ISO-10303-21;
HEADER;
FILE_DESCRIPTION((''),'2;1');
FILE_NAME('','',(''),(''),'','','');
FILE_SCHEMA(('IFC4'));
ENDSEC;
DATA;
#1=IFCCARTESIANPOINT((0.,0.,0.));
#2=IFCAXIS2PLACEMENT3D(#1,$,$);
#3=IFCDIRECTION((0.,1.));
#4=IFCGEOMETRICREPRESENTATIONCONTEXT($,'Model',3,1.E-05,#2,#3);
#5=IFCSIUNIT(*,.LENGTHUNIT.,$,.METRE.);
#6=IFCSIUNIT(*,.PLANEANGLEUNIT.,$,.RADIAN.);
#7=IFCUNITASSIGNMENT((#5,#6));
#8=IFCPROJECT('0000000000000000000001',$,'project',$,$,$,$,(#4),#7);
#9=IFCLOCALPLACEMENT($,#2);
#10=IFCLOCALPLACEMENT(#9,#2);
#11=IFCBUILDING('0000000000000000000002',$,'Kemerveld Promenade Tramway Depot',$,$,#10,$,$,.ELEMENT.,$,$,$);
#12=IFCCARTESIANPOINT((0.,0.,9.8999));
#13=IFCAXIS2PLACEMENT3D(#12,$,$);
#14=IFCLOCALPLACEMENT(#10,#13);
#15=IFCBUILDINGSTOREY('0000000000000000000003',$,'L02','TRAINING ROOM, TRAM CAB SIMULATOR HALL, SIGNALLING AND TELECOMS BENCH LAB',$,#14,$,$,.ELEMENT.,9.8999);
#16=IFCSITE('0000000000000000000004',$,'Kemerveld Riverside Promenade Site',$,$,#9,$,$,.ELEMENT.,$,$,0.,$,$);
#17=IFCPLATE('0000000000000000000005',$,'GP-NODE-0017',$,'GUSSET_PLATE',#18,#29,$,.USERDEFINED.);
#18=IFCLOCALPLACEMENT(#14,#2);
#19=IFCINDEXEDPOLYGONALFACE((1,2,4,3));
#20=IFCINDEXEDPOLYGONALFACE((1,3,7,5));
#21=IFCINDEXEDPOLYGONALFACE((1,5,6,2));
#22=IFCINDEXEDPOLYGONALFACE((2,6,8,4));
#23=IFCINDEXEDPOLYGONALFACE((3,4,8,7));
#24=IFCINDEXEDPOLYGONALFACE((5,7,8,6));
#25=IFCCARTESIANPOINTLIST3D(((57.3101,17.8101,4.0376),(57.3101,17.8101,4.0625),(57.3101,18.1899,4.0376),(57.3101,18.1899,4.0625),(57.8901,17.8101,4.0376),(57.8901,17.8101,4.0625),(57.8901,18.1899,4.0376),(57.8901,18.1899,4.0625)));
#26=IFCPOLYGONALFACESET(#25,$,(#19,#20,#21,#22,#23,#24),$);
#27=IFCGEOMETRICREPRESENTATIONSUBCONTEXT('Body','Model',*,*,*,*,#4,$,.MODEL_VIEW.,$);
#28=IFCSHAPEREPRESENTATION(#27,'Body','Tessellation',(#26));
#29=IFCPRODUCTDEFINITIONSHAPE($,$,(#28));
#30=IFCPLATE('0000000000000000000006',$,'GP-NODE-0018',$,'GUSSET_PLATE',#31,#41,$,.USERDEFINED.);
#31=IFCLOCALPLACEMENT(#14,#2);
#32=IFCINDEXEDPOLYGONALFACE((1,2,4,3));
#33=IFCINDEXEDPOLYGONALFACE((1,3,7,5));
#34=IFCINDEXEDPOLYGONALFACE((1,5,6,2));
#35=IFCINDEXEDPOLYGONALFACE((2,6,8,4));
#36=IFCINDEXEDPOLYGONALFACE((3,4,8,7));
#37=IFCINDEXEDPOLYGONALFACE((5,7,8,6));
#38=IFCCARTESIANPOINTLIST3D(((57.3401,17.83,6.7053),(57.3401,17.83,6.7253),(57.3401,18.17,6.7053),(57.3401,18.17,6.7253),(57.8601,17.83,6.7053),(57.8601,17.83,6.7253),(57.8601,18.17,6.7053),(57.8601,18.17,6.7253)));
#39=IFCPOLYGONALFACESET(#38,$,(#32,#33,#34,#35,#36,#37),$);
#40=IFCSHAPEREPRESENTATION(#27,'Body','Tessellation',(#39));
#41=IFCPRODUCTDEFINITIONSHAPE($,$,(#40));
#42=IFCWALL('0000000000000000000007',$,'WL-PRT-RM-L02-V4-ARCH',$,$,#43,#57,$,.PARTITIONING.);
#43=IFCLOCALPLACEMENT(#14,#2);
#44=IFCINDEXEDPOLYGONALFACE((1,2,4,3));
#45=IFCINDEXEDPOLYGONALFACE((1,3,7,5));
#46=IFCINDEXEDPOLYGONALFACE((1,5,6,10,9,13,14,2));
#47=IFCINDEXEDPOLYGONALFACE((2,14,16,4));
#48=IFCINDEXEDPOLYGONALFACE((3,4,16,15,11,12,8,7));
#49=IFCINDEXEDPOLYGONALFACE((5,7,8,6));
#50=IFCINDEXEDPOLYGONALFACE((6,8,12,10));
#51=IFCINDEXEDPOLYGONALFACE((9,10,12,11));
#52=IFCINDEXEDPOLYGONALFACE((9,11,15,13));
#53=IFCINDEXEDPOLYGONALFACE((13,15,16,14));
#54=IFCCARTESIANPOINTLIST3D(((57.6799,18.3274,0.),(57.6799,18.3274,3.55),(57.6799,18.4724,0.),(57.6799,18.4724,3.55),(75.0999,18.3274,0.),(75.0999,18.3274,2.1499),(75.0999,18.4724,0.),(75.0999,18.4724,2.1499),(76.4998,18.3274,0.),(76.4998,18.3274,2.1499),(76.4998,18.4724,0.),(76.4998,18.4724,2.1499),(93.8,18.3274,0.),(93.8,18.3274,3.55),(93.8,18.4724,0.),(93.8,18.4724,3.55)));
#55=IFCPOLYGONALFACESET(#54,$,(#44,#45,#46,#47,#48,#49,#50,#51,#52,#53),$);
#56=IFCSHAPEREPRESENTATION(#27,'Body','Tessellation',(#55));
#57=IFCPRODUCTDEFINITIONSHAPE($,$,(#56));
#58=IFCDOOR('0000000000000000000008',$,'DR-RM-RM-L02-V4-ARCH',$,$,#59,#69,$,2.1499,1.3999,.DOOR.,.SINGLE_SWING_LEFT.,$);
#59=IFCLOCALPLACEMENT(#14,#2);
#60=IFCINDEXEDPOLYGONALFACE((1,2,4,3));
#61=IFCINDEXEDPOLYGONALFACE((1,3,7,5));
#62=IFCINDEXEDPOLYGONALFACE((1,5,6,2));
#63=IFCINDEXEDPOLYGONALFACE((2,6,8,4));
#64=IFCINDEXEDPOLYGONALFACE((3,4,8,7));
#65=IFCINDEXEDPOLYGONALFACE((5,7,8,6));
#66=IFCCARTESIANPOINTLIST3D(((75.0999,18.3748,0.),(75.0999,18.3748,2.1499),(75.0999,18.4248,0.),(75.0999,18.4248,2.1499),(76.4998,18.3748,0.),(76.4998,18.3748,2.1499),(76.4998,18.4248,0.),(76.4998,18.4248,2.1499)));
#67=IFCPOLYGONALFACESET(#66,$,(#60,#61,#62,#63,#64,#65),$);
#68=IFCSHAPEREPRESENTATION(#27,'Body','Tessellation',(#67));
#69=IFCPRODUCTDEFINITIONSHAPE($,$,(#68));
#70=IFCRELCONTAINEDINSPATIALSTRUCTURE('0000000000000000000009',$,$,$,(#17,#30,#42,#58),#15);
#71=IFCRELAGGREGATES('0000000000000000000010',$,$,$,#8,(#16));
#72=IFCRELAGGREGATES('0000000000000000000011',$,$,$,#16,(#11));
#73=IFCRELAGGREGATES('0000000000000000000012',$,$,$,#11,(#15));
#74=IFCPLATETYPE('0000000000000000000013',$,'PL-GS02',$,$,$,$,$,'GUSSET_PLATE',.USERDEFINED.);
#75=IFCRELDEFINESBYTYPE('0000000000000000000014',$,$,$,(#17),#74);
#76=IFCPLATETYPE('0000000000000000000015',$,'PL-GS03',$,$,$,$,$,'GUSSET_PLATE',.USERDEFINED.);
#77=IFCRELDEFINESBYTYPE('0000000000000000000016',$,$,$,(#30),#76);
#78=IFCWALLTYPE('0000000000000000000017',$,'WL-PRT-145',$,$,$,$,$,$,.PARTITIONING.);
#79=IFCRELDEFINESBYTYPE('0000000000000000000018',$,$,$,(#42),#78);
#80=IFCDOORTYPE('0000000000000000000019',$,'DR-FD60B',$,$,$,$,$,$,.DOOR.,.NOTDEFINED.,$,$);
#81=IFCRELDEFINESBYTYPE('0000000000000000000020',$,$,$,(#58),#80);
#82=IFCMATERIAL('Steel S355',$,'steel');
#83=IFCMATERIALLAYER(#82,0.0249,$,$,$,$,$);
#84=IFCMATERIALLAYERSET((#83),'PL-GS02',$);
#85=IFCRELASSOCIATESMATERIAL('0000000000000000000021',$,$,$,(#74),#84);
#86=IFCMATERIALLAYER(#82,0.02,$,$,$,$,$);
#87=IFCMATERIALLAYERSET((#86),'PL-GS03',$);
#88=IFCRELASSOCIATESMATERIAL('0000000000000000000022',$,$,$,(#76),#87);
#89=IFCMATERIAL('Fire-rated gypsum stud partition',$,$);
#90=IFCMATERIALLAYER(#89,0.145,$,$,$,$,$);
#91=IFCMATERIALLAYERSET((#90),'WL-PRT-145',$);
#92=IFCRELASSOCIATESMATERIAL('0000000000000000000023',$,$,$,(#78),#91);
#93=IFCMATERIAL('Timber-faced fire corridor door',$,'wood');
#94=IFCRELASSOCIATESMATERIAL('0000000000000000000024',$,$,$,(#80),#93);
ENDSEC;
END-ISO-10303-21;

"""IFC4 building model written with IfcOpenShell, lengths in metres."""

from ifc_helpers import new_model, si_unit, direction, frame, frame_2d, origin, origin_2d, place, context, subcontext, project, spatial, rectangle, extrude, material, layer, layer_set, type_object, element, fill, save


model = new_model("IFC4")

# Units and contexts
model_context = context("Model", 3, precision=1e-05, world=origin(), true_north=direction((0.0, 1.0)))
body_context = subcontext(model_context, "Body", "Model", "MODEL_VIEW")
ifc_project = project(units=[si_unit("LENGTHUNIT", "METRE"), si_unit("PLANEANGLEUNIT", "RADIAN")], contexts=[model_context])

# Site, building, storey
site_placement = place(None, origin())
site = spatial("IfcSite", under=ifc_project, at=site_placement, Name="Kemerveld Riverside Promenade Site", CompositionType="ELEMENT", RefElevation=0.0)
building_placement = place(site_placement, origin())
building = spatial("IfcBuilding", under=site, at=building_placement, Name="Kemerveld Promenade Tramway Depot", CompositionType="ELEMENT")
storey_placement = place(building_placement, frame((0.0, 0.0, 9.8999)))
storey = spatial("IfcBuildingStorey", under=building, at=storey_placement, Name="L02", Description="TRAINING ROOM, TRAM CAB SIMULATOR HALL, SIGNALLING AND TELECOMS BENCH LAB", CompositionType="ELEMENT", Elevation=9.8999)

# Shared definitions
ifc_material_1 = material(Name="Steel S355", Category="steel")

# Plates
ifc_layer_1 = layer(ifc_material_1, 0.0249)
ifc_layer_set_1 = layer_set([ifc_layer_1], Name="PL-GS02")
plate_type_1 = type_object("IfcPlateType", Name="PL-GS02", ElementType="GUSSET_PLATE", PredefinedType="USERDEFINED", material=ifc_layer_set_1)
plate_1_placement = place(storey_placement, frame((57.6001, 18.0, 4.0376), z_axis=(0.0, 0.0, 1.0), x_axis=(1.0, 0.0, 0.0)))
element("IfcPlate", 1, at=plate_1_placement, inside=storey, type_object=plate_type_1, Name="GP-NODE-0017", ObjectType="GUSSET_PLATE", PredefinedType="USERDEFINED", context=body_context, shape_type="SweptSolid", body=[
    extrude(rectangle(XDim=0.5801, YDim=0.3799, at=origin_2d()), origin(), (0.0, 0.0, 1.0), 0.0249),
])
ifc_layer_2 = layer(ifc_material_1, 0.02)
ifc_layer_set_2 = layer_set([ifc_layer_2], Name="PL-GS03")
plate_type_2 = type_object("IfcPlateType", Name="PL-GS03", ElementType="GUSSET_PLATE", PredefinedType="USERDEFINED", material=ifc_layer_set_2)
plate_2_placement = place(storey_placement, frame((57.6001, 18.0, 6.7053), z_axis=(0.0, 0.0, 1.0), x_axis=(1.0, 0.0, 0.0)))
element("IfcPlate", 2, at=plate_2_placement, inside=storey, type_object=plate_type_2, Name="GP-NODE-0018", ObjectType="GUSSET_PLATE", PredefinedType="USERDEFINED", context=body_context, shape_type="SweptSolid", body=[
    extrude(rectangle(XDim=0.52, YDim=0.3401, at=origin_2d()), origin(), (0.0, 0.0, 1.0), 0.02),
])

# Wall, opening, door
ifc_material_2 = material(Name="Fire-rated gypsum stud partition")
ifc_layer_3 = layer(ifc_material_2, 0.145)
ifc_layer_set_3 = layer_set([ifc_layer_3], Name="WL-PRT-145")
wall_type = type_object("IfcWallType", Name="WL-PRT-145", PredefinedType="PARTITIONING", material=ifc_layer_set_3)
wall_placement = place(storey_placement, frame((57.6799, 18.3999, 0.0), z_axis=(0.0, 0.0, 1.0), x_axis=(1.0, 0.0, 0.0)))
wall = element("IfcWall", 3, at=wall_placement, inside=storey, type_object=wall_type, Name="WL-PRT-RM-L02-V4-ARCH", PredefinedType="PARTITIONING", context=body_context, shape_type="SweptSolid", body=[
    extrude(rectangle(XDim=36.1201, YDim=0.145, at=frame_2d((18.0601, 0.0))), origin(), (0.0, 0.0, 1.0), 3.55),
])
opening_placement = place(wall_placement, frame((17.4199, 0.0, 0.0)))
opening = element("IfcOpeningElement", 4, at=opening_placement, cuts=wall, PredefinedType="OPENING", context=body_context, shape_type="SweptSolid", body=[
    extrude(rectangle(XDim=1.3999, YDim=2.1499, at=frame_2d((0.7, 1.075))), frame((0.0, 0.0825, 0.0), z_axis=(0.0, -1.0, 0.0), x_axis=(1.0, 0.0, 0.0)), (0.0, 0.0, 1.0), 0.165),
])
ifc_material_3 = material(Name="Timber-faced fire corridor door", Category="wood")
door_type = type_object("IfcDoorType", Name="DR-FD60B", OperationType="NOTDEFINED", PredefinedType="DOOR", material=ifc_material_3)
door_placement = place(opening_placement, origin())
door = element("IfcDoor", 5, at=door_placement, inside=storey, type_object=door_type, Name="DR-RM-RM-L02-V4-ARCH", OperationType="SINGLE_SWING_LEFT", OverallHeight=2.1499, OverallWidth=1.3999, PredefinedType="DOOR", context=body_context, shape_type="SweptSolid", body=[
    extrude(rectangle(XDim=1.3999, YDim=2.1499, at=frame_2d((0.7, 1.075))), frame((0.0, 0.0249, 0.0), z_axis=(0.0, -1.0, 0.0), x_axis=(1.0, 0.0, 0.0)), (0.0, 0.0, 1.0), 0.05),
])
fill(opening, door)

save(model, "model.ifc")
